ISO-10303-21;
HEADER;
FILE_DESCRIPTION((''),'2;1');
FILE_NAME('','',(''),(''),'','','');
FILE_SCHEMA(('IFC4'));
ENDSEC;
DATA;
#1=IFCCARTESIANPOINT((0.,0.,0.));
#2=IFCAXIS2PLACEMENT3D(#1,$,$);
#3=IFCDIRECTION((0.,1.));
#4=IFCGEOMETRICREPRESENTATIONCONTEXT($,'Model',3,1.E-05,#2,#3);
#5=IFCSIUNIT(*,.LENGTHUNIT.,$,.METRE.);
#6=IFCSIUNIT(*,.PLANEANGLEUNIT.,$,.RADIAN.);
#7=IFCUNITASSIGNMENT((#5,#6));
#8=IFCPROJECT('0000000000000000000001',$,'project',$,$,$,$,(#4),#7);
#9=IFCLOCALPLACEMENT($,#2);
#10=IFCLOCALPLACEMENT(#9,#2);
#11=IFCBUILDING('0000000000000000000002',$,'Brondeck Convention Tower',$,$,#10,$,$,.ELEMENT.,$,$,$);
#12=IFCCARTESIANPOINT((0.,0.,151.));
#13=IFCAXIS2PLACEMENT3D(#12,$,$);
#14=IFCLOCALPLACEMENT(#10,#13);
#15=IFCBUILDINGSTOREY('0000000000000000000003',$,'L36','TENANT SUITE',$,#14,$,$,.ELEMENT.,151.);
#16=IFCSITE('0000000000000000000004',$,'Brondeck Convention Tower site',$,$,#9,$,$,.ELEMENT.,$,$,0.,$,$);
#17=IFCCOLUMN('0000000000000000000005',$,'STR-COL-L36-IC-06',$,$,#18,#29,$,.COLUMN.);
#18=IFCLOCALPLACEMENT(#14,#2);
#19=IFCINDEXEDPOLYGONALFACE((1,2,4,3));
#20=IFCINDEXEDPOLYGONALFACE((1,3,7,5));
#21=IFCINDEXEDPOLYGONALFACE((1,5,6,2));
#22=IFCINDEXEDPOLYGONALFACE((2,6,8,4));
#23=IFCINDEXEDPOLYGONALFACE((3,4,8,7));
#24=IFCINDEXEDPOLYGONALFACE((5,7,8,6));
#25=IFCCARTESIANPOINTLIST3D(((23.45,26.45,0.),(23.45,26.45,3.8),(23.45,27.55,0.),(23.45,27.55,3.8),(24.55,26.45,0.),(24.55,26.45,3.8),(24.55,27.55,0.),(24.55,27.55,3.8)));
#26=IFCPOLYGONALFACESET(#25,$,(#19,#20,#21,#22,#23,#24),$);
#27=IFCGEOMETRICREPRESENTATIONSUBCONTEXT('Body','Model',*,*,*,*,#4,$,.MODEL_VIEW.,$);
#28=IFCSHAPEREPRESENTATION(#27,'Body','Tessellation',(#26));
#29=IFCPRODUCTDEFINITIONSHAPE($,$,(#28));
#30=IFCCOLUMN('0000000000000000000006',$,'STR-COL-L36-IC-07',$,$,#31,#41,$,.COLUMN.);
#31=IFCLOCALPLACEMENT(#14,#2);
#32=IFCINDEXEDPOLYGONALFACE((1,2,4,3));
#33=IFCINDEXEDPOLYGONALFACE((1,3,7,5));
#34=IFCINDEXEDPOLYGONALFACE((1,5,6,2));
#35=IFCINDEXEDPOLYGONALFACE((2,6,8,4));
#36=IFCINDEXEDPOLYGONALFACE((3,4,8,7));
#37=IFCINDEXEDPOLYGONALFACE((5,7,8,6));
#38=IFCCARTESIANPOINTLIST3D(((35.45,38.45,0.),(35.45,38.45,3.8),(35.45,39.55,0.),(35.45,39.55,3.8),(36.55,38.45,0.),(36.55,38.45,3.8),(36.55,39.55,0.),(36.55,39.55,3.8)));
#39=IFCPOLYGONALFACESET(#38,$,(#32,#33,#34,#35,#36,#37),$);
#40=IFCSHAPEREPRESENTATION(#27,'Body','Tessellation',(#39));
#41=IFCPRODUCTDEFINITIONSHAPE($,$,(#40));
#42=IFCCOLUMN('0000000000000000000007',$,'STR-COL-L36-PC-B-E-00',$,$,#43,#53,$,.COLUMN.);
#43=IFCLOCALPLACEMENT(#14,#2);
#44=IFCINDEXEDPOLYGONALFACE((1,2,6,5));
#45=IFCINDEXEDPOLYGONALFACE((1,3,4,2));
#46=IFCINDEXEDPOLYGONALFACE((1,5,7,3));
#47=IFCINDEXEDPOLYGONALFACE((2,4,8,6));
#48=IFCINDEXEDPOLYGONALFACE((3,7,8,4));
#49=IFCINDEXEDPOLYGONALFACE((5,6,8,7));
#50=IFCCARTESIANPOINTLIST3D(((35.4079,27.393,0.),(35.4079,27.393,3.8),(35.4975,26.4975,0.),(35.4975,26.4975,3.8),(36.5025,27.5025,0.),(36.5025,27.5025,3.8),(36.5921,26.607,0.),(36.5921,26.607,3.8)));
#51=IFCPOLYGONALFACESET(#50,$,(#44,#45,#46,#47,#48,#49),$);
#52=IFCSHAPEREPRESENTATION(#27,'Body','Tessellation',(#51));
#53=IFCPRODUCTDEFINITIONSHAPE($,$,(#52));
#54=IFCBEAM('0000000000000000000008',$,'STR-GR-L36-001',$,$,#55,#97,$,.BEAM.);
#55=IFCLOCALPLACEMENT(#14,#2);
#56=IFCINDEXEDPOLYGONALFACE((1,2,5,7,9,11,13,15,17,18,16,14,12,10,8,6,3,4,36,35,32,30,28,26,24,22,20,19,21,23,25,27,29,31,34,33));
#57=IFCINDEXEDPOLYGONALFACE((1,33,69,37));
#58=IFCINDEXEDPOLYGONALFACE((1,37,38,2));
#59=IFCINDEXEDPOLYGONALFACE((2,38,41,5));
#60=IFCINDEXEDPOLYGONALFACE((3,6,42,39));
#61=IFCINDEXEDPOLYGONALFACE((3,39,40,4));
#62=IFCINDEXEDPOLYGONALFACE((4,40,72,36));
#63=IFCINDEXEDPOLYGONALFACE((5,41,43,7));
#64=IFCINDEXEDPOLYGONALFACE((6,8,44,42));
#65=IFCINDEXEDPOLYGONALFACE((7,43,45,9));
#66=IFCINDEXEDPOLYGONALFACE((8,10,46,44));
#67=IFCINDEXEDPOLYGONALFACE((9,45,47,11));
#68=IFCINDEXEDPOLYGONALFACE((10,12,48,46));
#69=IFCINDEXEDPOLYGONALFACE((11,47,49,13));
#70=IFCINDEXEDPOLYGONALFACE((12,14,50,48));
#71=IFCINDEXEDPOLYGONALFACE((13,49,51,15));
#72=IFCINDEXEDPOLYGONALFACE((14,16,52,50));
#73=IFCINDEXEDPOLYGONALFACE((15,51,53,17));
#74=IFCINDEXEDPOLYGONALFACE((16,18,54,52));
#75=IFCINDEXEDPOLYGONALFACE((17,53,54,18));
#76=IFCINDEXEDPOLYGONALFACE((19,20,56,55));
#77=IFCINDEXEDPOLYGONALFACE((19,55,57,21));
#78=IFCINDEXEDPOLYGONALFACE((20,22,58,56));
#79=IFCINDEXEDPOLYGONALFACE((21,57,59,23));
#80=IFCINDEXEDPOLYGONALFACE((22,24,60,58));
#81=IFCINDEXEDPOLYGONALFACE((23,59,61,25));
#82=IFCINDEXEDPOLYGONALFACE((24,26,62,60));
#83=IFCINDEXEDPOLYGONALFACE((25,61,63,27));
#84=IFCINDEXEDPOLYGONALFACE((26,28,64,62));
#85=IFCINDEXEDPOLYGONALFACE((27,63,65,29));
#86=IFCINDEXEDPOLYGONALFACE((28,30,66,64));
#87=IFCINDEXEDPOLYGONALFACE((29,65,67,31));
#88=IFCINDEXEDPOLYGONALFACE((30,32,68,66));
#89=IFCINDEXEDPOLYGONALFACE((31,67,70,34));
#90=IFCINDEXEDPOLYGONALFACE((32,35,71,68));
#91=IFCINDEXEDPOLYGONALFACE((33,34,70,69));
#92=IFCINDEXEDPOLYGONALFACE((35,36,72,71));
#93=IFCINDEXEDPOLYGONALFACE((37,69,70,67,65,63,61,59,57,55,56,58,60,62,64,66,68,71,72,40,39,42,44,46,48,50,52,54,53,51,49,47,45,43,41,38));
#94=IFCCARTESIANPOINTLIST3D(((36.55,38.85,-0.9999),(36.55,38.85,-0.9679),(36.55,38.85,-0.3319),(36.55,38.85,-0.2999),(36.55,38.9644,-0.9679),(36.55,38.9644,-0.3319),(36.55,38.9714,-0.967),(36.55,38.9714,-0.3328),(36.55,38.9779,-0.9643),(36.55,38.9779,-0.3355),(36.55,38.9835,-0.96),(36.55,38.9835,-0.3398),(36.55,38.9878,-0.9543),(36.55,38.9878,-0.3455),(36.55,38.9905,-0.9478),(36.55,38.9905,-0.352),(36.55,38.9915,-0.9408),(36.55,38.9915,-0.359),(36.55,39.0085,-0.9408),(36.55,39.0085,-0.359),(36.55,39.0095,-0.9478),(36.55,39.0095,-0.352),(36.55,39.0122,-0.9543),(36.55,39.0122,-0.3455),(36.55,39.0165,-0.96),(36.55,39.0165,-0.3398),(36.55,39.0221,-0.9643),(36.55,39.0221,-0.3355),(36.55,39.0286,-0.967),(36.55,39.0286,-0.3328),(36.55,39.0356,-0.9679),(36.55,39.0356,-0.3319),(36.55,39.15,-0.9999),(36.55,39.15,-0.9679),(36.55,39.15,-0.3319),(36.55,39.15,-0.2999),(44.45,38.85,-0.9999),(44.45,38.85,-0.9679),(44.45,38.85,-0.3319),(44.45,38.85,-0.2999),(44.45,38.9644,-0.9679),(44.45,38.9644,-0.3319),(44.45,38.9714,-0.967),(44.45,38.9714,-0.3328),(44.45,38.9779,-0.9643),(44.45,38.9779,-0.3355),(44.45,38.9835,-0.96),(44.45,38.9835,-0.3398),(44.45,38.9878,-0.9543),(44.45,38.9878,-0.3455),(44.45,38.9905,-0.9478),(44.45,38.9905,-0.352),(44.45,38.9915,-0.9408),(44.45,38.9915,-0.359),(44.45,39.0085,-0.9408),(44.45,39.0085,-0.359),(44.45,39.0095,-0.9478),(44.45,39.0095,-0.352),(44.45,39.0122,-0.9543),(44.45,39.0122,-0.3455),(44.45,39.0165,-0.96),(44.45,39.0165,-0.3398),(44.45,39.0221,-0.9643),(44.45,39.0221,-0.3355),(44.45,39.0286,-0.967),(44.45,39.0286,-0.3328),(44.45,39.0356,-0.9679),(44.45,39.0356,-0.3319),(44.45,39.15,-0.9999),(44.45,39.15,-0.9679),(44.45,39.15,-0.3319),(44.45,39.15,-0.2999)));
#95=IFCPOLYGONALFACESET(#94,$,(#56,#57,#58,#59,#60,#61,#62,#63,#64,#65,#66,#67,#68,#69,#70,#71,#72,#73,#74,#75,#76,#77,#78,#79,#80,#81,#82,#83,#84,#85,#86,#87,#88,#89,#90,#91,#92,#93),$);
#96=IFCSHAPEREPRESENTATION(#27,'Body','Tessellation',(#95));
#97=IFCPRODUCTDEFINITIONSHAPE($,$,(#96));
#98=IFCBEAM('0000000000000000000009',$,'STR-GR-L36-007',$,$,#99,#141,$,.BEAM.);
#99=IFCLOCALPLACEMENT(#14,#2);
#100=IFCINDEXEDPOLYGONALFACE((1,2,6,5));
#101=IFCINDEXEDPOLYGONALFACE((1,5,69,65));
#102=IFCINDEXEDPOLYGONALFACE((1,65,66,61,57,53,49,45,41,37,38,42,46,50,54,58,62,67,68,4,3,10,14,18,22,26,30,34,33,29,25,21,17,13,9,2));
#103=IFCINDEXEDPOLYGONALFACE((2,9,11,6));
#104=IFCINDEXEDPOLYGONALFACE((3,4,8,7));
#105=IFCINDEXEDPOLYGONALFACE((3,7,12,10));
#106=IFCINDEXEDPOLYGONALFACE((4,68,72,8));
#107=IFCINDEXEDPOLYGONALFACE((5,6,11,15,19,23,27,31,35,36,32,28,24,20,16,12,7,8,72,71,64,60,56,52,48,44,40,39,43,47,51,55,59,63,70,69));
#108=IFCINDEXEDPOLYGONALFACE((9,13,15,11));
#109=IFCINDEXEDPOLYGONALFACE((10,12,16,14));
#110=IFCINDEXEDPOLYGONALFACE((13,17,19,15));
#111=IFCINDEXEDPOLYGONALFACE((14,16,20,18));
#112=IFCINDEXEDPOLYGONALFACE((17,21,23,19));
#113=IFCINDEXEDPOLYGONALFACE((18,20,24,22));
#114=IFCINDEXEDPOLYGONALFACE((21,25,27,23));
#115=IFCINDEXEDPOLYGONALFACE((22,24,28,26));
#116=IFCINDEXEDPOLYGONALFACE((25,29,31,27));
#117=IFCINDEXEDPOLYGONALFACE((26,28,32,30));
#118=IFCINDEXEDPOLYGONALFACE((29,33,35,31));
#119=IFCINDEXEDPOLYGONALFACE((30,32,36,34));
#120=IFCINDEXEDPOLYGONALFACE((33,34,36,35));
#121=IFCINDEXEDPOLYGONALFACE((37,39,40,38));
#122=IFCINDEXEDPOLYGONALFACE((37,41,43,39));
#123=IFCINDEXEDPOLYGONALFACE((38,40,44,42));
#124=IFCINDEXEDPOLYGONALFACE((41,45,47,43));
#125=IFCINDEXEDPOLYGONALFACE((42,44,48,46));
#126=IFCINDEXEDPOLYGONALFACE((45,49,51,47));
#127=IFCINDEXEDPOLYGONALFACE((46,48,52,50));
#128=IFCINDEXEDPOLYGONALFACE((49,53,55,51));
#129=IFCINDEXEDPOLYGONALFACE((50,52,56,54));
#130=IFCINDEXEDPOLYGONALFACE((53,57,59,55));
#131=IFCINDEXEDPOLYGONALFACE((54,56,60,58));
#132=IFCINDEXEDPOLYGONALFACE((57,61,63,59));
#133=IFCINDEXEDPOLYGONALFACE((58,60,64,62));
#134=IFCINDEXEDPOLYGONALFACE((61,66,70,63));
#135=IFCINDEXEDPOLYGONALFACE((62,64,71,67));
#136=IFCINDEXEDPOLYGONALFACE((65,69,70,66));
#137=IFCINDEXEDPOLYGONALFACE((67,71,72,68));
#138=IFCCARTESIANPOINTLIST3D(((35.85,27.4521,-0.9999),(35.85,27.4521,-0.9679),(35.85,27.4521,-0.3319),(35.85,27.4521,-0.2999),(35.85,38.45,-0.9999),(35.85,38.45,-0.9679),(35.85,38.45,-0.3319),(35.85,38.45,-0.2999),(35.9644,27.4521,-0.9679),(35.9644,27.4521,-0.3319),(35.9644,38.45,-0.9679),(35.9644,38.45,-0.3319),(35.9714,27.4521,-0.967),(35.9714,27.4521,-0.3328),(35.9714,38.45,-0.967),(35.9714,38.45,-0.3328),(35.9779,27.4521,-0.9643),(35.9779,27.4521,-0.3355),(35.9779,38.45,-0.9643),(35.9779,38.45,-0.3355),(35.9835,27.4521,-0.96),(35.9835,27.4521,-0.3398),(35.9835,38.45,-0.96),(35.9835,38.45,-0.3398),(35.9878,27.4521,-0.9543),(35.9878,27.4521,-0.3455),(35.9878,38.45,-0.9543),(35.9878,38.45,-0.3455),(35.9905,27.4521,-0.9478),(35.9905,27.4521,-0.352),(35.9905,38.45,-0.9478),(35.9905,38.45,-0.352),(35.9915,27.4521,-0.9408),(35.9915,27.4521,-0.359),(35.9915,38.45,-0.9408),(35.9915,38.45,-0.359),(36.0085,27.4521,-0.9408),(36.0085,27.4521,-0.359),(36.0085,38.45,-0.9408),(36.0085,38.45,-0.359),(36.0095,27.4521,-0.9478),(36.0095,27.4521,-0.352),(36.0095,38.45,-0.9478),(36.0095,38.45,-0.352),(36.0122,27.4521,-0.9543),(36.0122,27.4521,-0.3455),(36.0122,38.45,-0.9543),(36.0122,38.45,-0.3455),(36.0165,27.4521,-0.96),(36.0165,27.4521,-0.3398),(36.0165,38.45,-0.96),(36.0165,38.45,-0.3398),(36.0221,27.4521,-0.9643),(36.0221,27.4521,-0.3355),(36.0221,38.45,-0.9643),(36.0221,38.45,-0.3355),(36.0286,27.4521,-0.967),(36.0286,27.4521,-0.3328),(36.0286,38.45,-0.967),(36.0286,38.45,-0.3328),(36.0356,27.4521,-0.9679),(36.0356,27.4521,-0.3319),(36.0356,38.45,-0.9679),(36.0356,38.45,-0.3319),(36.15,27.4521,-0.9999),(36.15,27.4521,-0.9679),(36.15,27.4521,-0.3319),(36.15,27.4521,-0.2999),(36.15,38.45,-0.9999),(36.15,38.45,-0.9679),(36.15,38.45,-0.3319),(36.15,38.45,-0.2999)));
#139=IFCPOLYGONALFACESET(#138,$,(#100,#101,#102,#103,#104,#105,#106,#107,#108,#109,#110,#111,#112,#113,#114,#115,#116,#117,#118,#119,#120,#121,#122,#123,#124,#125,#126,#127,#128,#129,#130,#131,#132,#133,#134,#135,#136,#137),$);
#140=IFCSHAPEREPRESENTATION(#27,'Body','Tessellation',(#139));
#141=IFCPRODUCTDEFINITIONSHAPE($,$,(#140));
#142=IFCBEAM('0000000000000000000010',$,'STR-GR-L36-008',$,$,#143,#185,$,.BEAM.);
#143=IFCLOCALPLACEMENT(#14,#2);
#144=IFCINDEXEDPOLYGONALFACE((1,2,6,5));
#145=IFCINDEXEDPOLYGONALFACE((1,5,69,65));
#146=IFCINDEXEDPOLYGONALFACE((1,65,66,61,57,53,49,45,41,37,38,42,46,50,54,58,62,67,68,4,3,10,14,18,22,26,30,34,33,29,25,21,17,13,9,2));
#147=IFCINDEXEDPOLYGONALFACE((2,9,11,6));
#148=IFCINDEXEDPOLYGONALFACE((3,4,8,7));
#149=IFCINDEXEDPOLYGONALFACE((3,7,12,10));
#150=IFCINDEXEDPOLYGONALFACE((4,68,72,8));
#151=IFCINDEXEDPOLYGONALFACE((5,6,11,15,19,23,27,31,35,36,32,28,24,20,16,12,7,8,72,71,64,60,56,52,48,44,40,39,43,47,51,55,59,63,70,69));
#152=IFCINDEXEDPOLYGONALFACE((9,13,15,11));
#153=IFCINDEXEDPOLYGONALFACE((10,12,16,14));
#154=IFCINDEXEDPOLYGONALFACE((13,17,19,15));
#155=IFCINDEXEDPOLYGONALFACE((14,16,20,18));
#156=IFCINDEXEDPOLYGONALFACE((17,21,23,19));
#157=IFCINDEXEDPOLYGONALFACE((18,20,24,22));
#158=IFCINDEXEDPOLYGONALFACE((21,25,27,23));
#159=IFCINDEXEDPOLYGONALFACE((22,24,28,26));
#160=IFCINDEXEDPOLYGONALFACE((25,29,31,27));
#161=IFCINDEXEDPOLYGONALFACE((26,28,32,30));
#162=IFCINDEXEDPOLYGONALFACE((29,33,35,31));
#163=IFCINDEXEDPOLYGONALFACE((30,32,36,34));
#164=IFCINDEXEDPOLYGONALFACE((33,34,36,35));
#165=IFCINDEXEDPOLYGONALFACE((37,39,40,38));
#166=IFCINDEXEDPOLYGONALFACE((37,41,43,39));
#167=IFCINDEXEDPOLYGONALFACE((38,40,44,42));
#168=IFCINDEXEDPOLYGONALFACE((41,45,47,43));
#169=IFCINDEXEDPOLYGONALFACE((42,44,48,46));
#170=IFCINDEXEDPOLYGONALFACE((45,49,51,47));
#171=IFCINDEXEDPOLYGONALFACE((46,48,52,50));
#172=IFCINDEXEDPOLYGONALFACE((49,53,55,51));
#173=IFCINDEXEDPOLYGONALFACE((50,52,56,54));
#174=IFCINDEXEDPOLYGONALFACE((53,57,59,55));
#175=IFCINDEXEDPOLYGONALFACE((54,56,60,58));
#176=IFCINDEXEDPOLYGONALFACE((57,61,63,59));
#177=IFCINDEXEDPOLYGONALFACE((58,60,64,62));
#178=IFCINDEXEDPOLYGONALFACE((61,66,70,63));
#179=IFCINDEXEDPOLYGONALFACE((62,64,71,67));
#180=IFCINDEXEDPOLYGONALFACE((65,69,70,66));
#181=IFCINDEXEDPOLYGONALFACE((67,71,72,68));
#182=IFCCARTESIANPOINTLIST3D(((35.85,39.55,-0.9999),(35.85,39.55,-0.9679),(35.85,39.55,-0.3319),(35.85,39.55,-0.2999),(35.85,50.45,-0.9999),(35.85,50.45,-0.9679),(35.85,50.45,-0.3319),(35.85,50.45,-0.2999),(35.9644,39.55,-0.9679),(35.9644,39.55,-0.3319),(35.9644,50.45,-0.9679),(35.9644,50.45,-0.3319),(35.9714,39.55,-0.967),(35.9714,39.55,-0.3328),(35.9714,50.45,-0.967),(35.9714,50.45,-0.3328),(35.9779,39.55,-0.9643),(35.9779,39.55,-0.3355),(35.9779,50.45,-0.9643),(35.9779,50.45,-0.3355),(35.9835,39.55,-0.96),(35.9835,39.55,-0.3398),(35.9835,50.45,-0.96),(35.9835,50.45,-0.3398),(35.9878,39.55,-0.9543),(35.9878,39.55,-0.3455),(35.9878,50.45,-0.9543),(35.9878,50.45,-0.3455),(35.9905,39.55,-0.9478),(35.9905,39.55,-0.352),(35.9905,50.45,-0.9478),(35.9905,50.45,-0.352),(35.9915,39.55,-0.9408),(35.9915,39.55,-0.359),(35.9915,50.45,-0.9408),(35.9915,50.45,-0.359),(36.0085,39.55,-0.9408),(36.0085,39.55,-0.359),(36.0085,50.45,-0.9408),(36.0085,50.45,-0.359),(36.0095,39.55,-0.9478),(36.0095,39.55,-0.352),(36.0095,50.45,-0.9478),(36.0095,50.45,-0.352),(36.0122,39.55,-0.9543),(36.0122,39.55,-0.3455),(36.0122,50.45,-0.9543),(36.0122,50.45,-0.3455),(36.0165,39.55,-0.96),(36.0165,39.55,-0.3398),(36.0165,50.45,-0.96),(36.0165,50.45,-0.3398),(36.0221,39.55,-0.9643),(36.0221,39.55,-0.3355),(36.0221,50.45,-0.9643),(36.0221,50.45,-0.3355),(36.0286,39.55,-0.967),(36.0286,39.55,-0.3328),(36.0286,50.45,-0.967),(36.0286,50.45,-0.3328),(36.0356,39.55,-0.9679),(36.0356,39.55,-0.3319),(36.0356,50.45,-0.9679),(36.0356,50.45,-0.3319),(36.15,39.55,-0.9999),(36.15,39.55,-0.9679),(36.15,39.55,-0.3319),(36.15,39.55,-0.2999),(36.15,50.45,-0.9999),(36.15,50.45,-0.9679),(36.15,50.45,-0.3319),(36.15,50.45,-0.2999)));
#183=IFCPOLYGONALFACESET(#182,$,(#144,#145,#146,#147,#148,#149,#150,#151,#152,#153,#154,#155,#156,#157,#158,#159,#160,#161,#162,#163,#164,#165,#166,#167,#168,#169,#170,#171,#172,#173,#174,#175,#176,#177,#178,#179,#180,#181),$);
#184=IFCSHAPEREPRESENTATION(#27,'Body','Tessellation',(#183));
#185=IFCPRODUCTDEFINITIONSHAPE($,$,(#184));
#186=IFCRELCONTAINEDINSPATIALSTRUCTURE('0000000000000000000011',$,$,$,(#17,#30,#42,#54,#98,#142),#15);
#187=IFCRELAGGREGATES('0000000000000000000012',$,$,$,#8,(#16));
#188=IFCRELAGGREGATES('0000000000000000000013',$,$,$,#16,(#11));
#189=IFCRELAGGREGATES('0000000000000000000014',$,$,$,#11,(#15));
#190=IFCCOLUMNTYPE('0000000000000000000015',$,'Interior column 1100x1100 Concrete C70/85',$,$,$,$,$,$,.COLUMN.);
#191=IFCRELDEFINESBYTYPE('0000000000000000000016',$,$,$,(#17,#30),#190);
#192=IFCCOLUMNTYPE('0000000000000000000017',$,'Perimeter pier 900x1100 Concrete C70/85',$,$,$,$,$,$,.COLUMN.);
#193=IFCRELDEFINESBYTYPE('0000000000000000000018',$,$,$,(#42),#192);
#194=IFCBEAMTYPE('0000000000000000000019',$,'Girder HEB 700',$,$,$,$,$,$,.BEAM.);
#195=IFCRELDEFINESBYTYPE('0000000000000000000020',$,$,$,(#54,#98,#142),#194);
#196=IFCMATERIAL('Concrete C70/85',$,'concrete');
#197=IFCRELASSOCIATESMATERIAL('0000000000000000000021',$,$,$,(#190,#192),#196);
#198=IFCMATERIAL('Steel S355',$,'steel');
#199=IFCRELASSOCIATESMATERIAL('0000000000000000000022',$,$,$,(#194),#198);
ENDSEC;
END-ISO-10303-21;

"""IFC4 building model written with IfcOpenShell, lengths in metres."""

from ifc_helpers import new_model, si_unit, direction, frame, origin, origin_2d, place, context, subcontext, project, spatial, rectangle, i_section, extrude, material, material_profile, profile_set, type_object, element, save


model = new_model("IFC4")

# Units and contexts
model_context = context("Model", 3, precision=1e-05, world=origin(), true_north=direction((0.0, 1.0)))
body_context = subcontext(model_context, "Body", "Model", "MODEL_VIEW")
ifc_project = project(units=[si_unit("LENGTHUNIT", "METRE"), si_unit("PLANEANGLEUNIT", "RADIAN")], contexts=[model_context])

# Site, building, storey
site_placement = place(None, origin())
site = spatial("IfcSite", under=ifc_project, at=site_placement, Name="Brondeck Convention Tower site", CompositionType="ELEMENT", RefElevation=0.0)
building_placement = place(site_placement, origin())
building = spatial("IfcBuilding", under=site, at=building_placement, Name="Brondeck Convention Tower", CompositionType="ELEMENT")
storey_placement = place(building_placement, frame((0.0, 0.0, 151.0)))
storey = spatial("IfcBuildingStorey", under=building, at=storey_placement, Name="L36", Description="TENANT SUITE", CompositionType="ELEMENT", Elevation=151.0)

# Columns
ifc_material_1 = material(Name="Concrete C70/85", Category="concrete")
ifc_material_profile_1 = material_profile(ifc_material_1, rectangle(XDim=1.1001, YDim=1.1001, at=origin_2d()), Name="Interior column 1100x1100 Concrete C70/85")
ifc_profile_set_1 = profile_set([ifc_material_profile_1], Name="Concrete C70/85")
column_type_1 = type_object("IfcColumnType", Name="Interior column 1100x1100 Concrete C70/85", PredefinedType="COLUMN", material=ifc_profile_set_1)
for number, where, z_axis, x_axis, name in (
    (1, (24.0, 27.0, 0.0), (0.0, 0.0, 1.0), (1.0, 0.0, 0.0), "STR-COL-L36-IC-06"),
    (2, (36.0, 39.0, 0.0), (0.0, 0.0, 1.0), (1.0, 0.0, 0.0), "STR-COL-L36-IC-07"),
):
    element("IfcColumn", number, at=place(storey_placement, frame(where, z_axis=z_axis, x_axis=x_axis)), inside=storey, type_object=column_type_1, Name=name, PredefinedType="COLUMN", context=body_context, shape_type="SweptSolid", body=[
        extrude(rectangle(XDim=1.1001, YDim=1.1001, at=origin_2d()), origin(), (0.0, 0.0, 1.0), 3.8),
    ])
ifc_material_profile_2 = material_profile(ifc_material_1, rectangle(XDim=0.8999, YDim=1.1001, at=origin_2d()), Name="Perimeter pier 900x1100 Concrete C70/85")
ifc_profile_set_2 = profile_set([ifc_material_profile_2], Name="Concrete C70/85")
column_type_2 = type_object("IfcColumnType", Name="Perimeter pier 900x1100 Concrete C70/85", PredefinedType="COLUMN", material=ifc_profile_set_2)
column_placement = place(storey_placement, frame((36.0, 27.0, 0.0), z_axis=(0.0, 0.0, 1.0), x_axis=(-0.099504, 0.995037, 0.0)))
element("IfcColumn", 3, at=column_placement, inside=storey, type_object=column_type_2, Name="STR-COL-L36-PC-B-E-00", PredefinedType="COLUMN", context=body_context, shape_type="SweptSolid", body=[
    extrude(rectangle(XDim=0.8999, YDim=1.1001, at=origin_2d()), origin(), (0.0, 0.0, 1.0), 3.8),
])

# Beams
ifc_material_2 = material(Name="Steel S355", Category="steel")
ifc_material_profile_3 = material_profile(ifc_material_2, i_section(OverallWidth=0.3, OverallDepth=0.7, WebThickness=0.0171, FlangeThickness=0.032, FilletRadius=0.0271, at=origin_2d()), Name="HEB 700")
ifc_profile_set_3 = profile_set([ifc_material_profile_3], Name="Steel S355")
beam_type_1 = type_object("IfcBeamType", Name="Girder HEB 700", PredefinedType="BEAM", material=ifc_profile_set_3)
beam_1_placement = place(storey_placement, frame((36.55, 39.0, -0.6499), z_axis=(1.0, 0.0, 0.0), x_axis=(0.0, 1.0, 0.0)))
element("IfcBeam", 4, at=beam_1_placement, inside=storey, type_object=beam_type_1, Name="STR-GR-L36-001", PredefinedType="BEAM", context=body_context, shape_type="SweptSolid", body=[
    extrude(i_section(OverallWidth=0.3, OverallDepth=0.7, WebThickness=0.0171, FlangeThickness=0.032, FilletRadius=0.0271, at=origin_2d()), origin(), (0.0, 0.0, 1.0), 7.8999),
])
beam_2_placement = place(storey_placement, frame((36.0, 27.4521, -0.6499), z_axis=(0.0, 1.0, 0.0), x_axis=(-1.0, 0.0, 0.0)))
element("IfcBeam", 5, at=beam_2_placement, inside=storey, type_object=beam_type_1, Name="STR-GR-L36-007", PredefinedType="BEAM", context=body_context, shape_type="SweptSolid", body=[
    extrude(i_section(OverallWidth=0.3, OverallDepth=0.7, WebThickness=0.0171, FlangeThickness=0.032, FilletRadius=0.0271, at=origin_2d()), origin(), (0.0, 0.0, 1.0), 10.9978),
])
beam_3_placement = place(storey_placement, frame((36.0, 39.55, -0.6499), z_axis=(0.0, 1.0, 0.0), x_axis=(-1.0, 0.0, 0.0)))
element("IfcBeam", 6, at=beam_3_placement, inside=storey, type_object=beam_type_1, Name="STR-GR-L36-008", PredefinedType="BEAM", context=body_context, shape_type="SweptSolid", body=[
    extrude(i_section(OverallWidth=0.3, OverallDepth=0.7, WebThickness=0.0171, FlangeThickness=0.032, FilletRadius=0.0271, at=origin_2d()), origin(), (0.0, 0.0, 1.0), 10.8999),
])

save(model, "model.ifc")
